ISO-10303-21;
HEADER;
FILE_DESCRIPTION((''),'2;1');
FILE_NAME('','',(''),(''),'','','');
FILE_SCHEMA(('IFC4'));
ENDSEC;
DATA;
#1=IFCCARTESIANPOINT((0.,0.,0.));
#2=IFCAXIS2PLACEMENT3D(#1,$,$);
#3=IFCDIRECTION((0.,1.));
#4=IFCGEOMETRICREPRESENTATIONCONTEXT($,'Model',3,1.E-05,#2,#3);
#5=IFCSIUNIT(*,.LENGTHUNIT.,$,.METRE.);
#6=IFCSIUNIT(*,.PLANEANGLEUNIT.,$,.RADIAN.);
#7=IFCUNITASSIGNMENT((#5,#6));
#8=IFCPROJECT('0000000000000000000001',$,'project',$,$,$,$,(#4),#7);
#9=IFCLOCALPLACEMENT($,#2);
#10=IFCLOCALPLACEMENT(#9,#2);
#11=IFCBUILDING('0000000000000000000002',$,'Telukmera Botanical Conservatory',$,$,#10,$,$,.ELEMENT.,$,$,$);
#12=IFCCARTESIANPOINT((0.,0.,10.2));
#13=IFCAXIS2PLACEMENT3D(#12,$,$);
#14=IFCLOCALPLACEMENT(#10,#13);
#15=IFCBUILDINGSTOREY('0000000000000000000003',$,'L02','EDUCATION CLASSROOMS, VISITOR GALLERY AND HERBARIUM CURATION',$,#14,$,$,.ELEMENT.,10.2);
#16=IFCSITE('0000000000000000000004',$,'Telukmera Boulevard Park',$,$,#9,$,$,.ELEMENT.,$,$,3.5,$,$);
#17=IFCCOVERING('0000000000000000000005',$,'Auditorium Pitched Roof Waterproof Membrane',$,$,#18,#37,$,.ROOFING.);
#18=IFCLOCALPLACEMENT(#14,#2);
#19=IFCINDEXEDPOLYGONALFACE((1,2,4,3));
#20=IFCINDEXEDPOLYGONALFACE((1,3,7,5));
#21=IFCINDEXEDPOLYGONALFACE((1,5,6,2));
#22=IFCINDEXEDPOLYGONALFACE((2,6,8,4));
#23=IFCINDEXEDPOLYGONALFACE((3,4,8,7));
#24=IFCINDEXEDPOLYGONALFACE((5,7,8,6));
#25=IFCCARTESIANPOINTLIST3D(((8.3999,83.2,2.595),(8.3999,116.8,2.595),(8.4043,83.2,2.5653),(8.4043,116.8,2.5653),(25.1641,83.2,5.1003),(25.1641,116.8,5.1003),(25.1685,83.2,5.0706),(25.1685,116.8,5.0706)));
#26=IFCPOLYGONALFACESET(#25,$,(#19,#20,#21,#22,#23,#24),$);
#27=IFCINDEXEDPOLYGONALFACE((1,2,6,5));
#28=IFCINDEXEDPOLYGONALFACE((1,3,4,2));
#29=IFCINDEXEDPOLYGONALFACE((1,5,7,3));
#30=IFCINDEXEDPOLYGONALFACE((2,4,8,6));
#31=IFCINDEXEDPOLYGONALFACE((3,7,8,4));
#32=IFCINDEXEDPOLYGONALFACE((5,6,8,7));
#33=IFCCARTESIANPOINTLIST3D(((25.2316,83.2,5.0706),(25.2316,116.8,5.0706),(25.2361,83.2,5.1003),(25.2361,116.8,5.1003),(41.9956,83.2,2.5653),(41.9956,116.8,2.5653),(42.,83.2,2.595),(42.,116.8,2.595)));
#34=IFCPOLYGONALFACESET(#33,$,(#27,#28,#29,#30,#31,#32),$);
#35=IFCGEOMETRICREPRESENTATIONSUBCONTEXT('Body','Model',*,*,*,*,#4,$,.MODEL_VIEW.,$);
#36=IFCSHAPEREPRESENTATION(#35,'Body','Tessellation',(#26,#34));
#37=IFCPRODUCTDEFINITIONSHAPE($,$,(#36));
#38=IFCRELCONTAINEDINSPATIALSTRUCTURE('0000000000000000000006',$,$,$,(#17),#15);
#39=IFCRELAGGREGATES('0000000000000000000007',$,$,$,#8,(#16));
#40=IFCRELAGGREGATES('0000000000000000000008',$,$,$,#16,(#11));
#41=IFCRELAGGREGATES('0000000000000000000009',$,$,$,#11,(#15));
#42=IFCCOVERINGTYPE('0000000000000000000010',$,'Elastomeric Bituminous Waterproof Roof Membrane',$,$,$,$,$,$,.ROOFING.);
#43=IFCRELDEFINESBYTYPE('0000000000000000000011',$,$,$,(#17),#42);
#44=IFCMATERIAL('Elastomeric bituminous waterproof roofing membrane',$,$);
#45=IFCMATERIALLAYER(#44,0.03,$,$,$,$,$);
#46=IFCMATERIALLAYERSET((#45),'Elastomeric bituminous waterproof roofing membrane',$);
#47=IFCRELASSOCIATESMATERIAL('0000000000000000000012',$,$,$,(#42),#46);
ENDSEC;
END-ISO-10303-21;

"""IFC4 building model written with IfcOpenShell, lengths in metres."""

from ifc_helpers import new_model, si_unit, direction, frame, origin, place, context, subcontext, project, spatial, polyline, outline, extrude, material, layer, layer_set, type_object, element, save


model = new_model("IFC4")

# Units and contexts
model_context = context("Model", 3, precision=1e-05, world=origin(), true_north=direction((0.0, 1.0)))
body_context = subcontext(model_context, "Body", "Model", "MODEL_VIEW")
ifc_project = project(units=[si_unit("LENGTHUNIT", "METRE"), si_unit("PLANEANGLEUNIT", "RADIAN")], contexts=[model_context])

# Site, building, storey
site_placement = place(None, origin())
site = spatial("IfcSite", under=ifc_project, at=site_placement, Name="Telukmera Boulevard Park", CompositionType="ELEMENT", RefElevation=3.5)
building_placement = place(site_placement, origin())
building = spatial("IfcBuilding", under=site, at=building_placement, Name="Telukmera Botanical Conservatory", CompositionType="ELEMENT")
storey_placement = place(building_placement, frame((0.0, 0.0, 10.2)))
storey = spatial("IfcBuildingStorey", under=building, at=storey_placement, Name="L02", Description="EDUCATION CLASSROOMS, VISITOR GALLERY AND HERBARIUM CURATION", CompositionType="ELEMENT", Elevation=10.2)

# Covering
ifc_material_1 = material(Name="Elastomeric bituminous waterproof roofing membrane")
ifc_layer_1 = layer(ifc_material_1, 0.03)
ifc_layer_set_1 = layer_set([ifc_layer_1], Name="Elastomeric bituminous waterproof roofing membrane")
covering_type_1 = type_object("IfcCoveringType", Name="Elastomeric Bituminous Waterproof Roof Membrane", PredefinedType="ROOFING", material=ifc_layer_set_1)
covering_1_placement = place(storey_placement, origin())
element("IfcCovering", 1, at=covering_1_placement, inside=storey, type_object=covering_type_1, Name="Auditorium Pitched Roof Waterproof Membrane", PredefinedType="ROOFING", context=body_context, shape_type="SweptSolid", body=[
    extrude(outline(polyline([(0.0, 0.0), (16.9503, 0.0), (16.9503, 33.6001), (0.0, 33.6001), (0.0, 0.0)])), frame((8.3999, 83.2, 2.595), z_axis=(-0.147807, 0.0, 0.989016), x_axis=(0.989016, 0.0, 0.147807)), (0.0, 0.0, -1.0), 0.03),
    extrude(outline(polyline([(0.0, 0.0), (16.9501, 0.0), (16.9501, 33.6001), (0.0, 33.6001), (0.0, 0.0)])), frame((25.2361, 83.2, 5.1003), z_axis=(0.147809, 0.0, 0.989016), x_axis=(0.989016, 0.0, -0.147809)), (0.0, 0.0, -1.0), 0.03),
])

save(model, "model.ifc")
